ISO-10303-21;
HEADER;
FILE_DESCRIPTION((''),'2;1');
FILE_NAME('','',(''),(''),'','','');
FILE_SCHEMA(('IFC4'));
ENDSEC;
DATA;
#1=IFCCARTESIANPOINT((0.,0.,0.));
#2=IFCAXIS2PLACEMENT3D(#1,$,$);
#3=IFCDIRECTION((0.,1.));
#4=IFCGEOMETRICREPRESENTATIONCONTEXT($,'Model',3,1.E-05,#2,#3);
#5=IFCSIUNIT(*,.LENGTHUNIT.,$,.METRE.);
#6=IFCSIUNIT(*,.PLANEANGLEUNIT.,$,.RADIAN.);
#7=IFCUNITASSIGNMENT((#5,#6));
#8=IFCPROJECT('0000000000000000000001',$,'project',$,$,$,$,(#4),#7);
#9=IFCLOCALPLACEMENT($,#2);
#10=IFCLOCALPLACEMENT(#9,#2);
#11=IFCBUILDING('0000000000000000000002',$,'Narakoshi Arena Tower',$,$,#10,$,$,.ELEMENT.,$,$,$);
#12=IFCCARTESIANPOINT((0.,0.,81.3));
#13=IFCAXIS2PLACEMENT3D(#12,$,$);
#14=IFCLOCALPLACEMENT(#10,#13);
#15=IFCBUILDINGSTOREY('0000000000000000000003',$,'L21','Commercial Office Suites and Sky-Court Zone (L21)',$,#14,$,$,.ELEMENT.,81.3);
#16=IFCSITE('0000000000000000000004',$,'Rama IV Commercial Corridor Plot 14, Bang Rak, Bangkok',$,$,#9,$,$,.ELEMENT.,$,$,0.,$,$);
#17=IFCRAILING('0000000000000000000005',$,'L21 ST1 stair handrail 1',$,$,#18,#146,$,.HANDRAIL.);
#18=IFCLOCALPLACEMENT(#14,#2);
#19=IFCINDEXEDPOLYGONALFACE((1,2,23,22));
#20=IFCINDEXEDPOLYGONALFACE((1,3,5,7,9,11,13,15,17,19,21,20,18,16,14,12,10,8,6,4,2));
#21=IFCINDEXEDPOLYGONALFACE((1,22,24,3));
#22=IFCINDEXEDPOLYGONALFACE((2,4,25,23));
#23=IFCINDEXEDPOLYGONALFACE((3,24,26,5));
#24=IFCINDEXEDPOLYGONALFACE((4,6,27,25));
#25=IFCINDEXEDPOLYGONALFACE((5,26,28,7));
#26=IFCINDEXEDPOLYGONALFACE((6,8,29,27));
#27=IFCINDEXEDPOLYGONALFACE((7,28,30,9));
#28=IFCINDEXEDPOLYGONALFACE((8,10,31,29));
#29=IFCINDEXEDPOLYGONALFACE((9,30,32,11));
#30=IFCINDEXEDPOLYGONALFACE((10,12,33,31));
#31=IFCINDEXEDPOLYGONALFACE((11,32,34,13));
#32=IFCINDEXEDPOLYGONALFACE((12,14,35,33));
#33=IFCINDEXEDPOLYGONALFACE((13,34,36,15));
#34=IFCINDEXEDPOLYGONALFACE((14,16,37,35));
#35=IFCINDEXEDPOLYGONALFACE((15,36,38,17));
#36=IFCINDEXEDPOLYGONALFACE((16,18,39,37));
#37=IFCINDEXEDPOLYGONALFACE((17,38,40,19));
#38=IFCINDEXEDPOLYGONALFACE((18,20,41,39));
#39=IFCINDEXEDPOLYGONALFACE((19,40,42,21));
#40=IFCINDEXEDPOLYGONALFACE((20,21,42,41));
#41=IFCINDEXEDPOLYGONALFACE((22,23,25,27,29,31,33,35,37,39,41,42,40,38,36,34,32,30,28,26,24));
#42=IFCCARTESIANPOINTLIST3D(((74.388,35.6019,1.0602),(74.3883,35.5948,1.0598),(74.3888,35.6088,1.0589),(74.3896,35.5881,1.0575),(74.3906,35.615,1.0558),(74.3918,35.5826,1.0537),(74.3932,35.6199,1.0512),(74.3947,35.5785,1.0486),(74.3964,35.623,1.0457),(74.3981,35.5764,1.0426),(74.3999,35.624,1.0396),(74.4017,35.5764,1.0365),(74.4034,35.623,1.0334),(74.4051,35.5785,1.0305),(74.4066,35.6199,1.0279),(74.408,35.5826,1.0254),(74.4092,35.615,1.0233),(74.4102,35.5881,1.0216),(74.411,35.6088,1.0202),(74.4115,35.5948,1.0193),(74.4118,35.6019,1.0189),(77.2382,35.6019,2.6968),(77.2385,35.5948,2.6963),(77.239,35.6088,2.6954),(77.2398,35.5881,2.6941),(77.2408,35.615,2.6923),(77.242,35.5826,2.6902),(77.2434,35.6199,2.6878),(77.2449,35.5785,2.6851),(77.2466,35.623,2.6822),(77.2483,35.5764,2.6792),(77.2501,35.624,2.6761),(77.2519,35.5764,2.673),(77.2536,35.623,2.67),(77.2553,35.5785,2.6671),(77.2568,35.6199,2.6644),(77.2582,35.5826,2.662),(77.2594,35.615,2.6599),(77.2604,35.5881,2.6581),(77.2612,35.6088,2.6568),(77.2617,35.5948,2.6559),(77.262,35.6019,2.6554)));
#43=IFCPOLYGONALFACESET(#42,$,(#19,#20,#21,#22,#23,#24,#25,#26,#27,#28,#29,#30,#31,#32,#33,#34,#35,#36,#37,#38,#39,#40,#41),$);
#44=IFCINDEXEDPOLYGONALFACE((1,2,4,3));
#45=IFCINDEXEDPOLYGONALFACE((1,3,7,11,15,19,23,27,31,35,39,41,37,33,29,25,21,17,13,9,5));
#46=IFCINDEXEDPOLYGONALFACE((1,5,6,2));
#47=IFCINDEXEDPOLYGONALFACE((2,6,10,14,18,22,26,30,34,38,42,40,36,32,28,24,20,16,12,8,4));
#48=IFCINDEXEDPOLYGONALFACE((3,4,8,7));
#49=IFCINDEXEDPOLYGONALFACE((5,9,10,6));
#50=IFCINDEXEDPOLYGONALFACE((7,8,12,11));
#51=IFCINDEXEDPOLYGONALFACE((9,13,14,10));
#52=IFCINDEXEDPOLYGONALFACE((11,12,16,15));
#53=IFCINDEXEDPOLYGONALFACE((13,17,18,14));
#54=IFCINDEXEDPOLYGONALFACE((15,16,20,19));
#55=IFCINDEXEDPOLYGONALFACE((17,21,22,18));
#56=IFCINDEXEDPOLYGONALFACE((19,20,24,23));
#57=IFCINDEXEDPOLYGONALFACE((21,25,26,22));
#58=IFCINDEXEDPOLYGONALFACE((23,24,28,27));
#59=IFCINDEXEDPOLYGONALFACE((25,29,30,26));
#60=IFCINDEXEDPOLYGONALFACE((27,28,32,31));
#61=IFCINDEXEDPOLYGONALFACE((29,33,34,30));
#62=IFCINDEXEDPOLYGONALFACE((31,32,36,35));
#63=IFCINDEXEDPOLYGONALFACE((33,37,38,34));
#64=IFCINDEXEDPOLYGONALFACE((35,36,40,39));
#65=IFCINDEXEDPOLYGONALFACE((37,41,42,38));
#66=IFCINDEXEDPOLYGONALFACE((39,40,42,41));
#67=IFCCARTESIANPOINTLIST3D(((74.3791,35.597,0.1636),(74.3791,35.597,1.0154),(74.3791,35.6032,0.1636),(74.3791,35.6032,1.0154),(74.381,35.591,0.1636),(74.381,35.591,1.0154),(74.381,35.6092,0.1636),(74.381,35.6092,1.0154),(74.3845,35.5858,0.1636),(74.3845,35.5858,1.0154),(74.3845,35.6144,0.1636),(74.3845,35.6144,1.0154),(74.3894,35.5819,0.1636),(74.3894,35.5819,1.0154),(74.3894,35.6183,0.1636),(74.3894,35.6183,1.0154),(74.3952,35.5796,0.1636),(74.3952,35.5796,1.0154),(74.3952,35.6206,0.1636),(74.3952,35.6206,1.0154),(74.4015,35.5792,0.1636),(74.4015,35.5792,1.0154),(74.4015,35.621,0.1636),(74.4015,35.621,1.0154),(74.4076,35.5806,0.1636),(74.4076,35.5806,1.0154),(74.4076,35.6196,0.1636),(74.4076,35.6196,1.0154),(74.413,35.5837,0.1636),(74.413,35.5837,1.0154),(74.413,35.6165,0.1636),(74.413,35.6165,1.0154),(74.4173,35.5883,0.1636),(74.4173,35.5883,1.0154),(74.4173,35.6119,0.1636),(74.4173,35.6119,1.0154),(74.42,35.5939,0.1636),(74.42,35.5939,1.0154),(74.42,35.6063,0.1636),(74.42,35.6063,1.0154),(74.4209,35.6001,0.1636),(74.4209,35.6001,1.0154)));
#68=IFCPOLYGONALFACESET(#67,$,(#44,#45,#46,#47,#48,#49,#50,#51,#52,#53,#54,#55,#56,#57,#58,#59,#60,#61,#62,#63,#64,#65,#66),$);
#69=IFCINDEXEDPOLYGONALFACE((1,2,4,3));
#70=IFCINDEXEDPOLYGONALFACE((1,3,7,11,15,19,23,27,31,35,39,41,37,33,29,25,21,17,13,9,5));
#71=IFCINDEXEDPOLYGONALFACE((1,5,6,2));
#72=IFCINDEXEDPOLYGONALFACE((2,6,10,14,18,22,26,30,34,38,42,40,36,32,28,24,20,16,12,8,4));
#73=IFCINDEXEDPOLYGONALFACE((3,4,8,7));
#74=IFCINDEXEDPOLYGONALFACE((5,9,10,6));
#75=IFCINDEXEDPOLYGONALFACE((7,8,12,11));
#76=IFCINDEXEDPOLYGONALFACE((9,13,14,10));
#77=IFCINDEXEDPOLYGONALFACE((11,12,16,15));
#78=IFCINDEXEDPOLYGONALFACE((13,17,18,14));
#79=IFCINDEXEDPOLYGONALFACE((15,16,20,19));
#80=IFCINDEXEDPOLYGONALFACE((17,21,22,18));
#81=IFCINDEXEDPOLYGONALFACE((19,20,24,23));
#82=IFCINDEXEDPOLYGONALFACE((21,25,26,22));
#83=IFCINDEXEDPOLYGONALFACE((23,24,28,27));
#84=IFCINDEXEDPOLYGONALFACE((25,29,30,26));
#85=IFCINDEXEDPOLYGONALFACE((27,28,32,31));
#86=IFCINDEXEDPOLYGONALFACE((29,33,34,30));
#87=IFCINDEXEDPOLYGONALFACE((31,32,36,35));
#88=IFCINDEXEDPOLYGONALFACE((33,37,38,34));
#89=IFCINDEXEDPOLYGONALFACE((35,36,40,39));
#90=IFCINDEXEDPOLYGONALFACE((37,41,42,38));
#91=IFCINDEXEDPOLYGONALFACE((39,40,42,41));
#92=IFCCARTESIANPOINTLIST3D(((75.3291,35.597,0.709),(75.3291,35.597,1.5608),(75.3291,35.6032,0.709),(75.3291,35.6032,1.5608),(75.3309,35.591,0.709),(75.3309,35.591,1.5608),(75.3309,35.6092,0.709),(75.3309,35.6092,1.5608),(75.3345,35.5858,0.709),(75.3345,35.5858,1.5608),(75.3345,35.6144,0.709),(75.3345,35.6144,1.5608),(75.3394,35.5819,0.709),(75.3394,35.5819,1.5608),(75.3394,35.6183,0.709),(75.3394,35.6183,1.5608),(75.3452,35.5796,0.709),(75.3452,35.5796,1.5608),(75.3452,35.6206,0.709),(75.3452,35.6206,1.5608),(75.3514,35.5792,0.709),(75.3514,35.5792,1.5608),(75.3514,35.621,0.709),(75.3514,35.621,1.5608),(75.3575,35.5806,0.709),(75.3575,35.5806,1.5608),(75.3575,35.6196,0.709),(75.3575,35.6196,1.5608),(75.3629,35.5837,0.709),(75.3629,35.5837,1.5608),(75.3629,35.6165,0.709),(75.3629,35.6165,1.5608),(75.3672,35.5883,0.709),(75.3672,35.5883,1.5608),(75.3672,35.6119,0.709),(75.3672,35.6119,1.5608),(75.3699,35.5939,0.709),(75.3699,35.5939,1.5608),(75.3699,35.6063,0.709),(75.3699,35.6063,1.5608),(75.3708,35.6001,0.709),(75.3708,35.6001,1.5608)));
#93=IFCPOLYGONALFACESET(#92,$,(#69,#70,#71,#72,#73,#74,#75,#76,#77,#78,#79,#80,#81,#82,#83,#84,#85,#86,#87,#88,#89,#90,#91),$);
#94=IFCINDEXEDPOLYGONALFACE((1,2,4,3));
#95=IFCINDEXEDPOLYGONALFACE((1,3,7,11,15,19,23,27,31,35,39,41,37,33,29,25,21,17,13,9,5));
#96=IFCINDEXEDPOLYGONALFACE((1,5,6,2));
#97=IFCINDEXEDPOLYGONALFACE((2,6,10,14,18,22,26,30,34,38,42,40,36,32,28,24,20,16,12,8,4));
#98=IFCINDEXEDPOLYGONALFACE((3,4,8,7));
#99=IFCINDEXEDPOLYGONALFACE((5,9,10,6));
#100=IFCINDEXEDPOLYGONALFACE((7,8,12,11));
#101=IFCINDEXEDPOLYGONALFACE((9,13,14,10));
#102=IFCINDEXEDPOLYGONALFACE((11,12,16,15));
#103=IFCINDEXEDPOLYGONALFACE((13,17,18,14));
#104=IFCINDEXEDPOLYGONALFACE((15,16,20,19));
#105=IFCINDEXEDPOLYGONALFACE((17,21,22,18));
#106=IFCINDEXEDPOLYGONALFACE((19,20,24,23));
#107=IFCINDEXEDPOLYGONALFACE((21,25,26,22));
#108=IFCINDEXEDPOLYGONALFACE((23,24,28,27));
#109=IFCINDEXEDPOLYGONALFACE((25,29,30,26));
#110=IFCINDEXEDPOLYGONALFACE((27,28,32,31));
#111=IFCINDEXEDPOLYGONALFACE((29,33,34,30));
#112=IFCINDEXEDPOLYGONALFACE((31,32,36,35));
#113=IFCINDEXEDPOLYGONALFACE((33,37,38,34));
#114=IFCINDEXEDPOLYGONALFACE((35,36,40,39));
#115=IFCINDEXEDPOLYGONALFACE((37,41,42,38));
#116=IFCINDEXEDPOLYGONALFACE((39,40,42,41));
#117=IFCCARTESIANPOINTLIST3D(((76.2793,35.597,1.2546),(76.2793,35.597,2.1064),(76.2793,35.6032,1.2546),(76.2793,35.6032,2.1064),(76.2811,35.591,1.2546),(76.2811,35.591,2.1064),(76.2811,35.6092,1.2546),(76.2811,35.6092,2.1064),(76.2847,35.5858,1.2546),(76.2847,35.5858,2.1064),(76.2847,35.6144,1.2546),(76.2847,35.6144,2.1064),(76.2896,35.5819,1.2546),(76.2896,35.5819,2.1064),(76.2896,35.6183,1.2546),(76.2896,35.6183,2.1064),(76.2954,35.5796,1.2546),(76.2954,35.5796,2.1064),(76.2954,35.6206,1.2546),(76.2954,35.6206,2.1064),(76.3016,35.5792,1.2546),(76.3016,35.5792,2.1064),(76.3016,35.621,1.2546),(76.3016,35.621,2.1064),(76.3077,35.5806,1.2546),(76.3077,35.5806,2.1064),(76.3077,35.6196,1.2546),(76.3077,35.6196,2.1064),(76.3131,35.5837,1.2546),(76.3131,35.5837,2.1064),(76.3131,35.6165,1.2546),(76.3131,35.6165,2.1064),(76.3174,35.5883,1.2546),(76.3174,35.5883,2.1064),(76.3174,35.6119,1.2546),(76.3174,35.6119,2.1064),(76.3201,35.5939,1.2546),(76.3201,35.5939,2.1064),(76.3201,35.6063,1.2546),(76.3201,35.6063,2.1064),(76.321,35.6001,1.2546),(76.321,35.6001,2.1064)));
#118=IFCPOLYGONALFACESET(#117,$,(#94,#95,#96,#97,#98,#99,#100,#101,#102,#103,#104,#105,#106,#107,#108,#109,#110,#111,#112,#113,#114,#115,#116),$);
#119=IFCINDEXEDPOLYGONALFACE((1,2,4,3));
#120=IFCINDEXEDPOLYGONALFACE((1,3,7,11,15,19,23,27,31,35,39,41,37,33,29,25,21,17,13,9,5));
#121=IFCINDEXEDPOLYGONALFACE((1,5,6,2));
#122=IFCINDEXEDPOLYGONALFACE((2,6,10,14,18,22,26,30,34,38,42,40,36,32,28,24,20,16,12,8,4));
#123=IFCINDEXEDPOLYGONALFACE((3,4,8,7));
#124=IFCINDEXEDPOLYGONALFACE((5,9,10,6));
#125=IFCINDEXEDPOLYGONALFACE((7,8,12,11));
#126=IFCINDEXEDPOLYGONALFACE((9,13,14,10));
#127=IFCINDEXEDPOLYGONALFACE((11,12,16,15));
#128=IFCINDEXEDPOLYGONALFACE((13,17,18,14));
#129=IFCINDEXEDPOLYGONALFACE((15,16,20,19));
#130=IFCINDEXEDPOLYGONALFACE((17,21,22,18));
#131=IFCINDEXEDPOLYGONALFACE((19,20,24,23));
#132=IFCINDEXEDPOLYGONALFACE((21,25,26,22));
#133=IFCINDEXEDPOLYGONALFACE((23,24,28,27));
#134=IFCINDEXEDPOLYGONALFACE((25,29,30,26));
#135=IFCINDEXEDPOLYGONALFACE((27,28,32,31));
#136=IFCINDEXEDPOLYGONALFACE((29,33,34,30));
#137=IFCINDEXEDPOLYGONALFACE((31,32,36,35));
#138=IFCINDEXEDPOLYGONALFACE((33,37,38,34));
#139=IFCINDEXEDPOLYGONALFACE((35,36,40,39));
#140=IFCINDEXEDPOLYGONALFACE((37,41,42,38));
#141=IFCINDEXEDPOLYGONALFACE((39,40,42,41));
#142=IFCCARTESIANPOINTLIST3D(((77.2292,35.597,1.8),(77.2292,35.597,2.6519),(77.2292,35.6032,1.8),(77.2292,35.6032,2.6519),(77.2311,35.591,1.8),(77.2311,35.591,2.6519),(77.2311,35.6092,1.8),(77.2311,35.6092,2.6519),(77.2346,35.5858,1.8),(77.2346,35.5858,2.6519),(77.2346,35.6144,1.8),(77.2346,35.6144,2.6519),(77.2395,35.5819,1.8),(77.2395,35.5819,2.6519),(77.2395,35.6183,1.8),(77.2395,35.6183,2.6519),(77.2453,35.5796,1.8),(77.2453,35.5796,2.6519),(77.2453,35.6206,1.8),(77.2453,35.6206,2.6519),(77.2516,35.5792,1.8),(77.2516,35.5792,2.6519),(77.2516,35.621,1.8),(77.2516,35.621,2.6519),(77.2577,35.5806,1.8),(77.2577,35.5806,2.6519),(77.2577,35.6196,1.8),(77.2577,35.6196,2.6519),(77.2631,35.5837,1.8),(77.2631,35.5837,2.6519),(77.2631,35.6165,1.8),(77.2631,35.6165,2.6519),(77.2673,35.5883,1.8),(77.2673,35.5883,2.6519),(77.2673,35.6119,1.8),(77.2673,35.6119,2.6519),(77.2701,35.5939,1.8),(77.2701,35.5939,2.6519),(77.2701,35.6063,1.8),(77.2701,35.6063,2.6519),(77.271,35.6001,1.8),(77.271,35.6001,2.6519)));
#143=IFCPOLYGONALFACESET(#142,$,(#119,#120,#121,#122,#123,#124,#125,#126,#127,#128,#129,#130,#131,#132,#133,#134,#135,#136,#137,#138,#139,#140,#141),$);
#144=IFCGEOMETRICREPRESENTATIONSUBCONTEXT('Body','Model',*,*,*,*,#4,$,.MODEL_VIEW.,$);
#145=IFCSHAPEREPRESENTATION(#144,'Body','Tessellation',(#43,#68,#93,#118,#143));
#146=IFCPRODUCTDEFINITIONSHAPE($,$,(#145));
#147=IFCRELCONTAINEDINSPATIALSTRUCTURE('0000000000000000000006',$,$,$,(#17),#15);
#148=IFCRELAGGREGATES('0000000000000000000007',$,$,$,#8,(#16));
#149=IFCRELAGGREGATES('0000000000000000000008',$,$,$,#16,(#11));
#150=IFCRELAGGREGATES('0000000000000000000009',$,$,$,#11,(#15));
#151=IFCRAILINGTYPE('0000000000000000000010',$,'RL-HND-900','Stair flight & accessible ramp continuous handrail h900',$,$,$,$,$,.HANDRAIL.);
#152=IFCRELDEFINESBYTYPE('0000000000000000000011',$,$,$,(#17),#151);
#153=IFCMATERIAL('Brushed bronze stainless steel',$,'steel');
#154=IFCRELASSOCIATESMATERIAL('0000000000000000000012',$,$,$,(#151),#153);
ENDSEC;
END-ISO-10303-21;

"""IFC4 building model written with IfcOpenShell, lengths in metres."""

from ifc_helpers import new_model, si_unit, direction, frame, origin, origin_2d, place, context, subcontext, project, spatial, circle, extrude, material, type_object, element, save


model = new_model("IFC4")

# Units and contexts
model_context = context("Model", 3, precision=1e-05, world=origin(), true_north=direction((0.0, 1.0)))
body_context = subcontext(model_context, "Body", "Model", "MODEL_VIEW")
ifc_project = project(units=[si_unit("LENGTHUNIT", "METRE"), si_unit("PLANEANGLEUNIT", "RADIAN")], contexts=[model_context])

# Site, building, storey
site_placement = place(None, origin())
site = spatial("IfcSite", under=ifc_project, at=site_placement, Name="Rama IV Commercial Corridor Plot 14, Bang Rak, Bangkok", CompositionType="ELEMENT", RefElevation=0.0)
building_placement = place(site_placement, origin())
building = spatial("IfcBuilding", under=site, at=building_placement, Name="Narakoshi Arena Tower", CompositionType="ELEMENT")
storey_placement = place(building_placement, frame((0.0, 0.0, 81.3)))
storey = spatial("IfcBuildingStorey", under=building, at=storey_placement, Name="L21", Description="Commercial Office Suites and Sky-Court Zone (L21)", CompositionType="ELEMENT", Elevation=81.3)

# Railing
ifc_material_1 = material(Name="Brushed bronze stainless steel", Category="steel")
railing_type_1 = type_object("IfcRailingType", Name="RL-HND-900", Description="Stair flight & accessible ramp continuous handrail h900", PredefinedType="HANDRAIL", material=ifc_material_1)
railing_1_placement = place(storey_placement, frame((74.3999, 35.6001, 0.1636)))
element("IfcRailing", 1, at=railing_1_placement, inside=storey, type_object=railing_type_1, Name="L21 ST1 stair handrail 1", PredefinedType="HANDRAIL", context=body_context, shape_type="SweptSolid", body=[
    extrude(circle(Radius=0.0239, at=origin_2d()), frame((0.0, 0.0, 0.876), z_axis=(0.867213, 0.0, 0.497938), x_axis=(0.0, 1.0, 0.0)), (0.0, 0.0, 1.0), 3.2866),
    extrude(circle(Radius=0.021, at=origin_2d()), origin(), (0.0, 0.0, 1.0), 0.8518),
    extrude(circle(Radius=0.021, at=origin_2d()), frame((0.95, 0.0, 0.5454)), (0.0, 0.0, 1.0), 0.8518),
    extrude(circle(Radius=0.021, at=origin_2d()), frame((1.9001, 0.0, 1.0911)), (0.0, 0.0, 1.0), 0.8518),
    extrude(circle(Radius=0.021, at=origin_2d()), frame((2.8501, 0.0, 1.6365)), (0.0, 0.0, 1.0), 0.8518),
])

save(model, "model.ifc")
